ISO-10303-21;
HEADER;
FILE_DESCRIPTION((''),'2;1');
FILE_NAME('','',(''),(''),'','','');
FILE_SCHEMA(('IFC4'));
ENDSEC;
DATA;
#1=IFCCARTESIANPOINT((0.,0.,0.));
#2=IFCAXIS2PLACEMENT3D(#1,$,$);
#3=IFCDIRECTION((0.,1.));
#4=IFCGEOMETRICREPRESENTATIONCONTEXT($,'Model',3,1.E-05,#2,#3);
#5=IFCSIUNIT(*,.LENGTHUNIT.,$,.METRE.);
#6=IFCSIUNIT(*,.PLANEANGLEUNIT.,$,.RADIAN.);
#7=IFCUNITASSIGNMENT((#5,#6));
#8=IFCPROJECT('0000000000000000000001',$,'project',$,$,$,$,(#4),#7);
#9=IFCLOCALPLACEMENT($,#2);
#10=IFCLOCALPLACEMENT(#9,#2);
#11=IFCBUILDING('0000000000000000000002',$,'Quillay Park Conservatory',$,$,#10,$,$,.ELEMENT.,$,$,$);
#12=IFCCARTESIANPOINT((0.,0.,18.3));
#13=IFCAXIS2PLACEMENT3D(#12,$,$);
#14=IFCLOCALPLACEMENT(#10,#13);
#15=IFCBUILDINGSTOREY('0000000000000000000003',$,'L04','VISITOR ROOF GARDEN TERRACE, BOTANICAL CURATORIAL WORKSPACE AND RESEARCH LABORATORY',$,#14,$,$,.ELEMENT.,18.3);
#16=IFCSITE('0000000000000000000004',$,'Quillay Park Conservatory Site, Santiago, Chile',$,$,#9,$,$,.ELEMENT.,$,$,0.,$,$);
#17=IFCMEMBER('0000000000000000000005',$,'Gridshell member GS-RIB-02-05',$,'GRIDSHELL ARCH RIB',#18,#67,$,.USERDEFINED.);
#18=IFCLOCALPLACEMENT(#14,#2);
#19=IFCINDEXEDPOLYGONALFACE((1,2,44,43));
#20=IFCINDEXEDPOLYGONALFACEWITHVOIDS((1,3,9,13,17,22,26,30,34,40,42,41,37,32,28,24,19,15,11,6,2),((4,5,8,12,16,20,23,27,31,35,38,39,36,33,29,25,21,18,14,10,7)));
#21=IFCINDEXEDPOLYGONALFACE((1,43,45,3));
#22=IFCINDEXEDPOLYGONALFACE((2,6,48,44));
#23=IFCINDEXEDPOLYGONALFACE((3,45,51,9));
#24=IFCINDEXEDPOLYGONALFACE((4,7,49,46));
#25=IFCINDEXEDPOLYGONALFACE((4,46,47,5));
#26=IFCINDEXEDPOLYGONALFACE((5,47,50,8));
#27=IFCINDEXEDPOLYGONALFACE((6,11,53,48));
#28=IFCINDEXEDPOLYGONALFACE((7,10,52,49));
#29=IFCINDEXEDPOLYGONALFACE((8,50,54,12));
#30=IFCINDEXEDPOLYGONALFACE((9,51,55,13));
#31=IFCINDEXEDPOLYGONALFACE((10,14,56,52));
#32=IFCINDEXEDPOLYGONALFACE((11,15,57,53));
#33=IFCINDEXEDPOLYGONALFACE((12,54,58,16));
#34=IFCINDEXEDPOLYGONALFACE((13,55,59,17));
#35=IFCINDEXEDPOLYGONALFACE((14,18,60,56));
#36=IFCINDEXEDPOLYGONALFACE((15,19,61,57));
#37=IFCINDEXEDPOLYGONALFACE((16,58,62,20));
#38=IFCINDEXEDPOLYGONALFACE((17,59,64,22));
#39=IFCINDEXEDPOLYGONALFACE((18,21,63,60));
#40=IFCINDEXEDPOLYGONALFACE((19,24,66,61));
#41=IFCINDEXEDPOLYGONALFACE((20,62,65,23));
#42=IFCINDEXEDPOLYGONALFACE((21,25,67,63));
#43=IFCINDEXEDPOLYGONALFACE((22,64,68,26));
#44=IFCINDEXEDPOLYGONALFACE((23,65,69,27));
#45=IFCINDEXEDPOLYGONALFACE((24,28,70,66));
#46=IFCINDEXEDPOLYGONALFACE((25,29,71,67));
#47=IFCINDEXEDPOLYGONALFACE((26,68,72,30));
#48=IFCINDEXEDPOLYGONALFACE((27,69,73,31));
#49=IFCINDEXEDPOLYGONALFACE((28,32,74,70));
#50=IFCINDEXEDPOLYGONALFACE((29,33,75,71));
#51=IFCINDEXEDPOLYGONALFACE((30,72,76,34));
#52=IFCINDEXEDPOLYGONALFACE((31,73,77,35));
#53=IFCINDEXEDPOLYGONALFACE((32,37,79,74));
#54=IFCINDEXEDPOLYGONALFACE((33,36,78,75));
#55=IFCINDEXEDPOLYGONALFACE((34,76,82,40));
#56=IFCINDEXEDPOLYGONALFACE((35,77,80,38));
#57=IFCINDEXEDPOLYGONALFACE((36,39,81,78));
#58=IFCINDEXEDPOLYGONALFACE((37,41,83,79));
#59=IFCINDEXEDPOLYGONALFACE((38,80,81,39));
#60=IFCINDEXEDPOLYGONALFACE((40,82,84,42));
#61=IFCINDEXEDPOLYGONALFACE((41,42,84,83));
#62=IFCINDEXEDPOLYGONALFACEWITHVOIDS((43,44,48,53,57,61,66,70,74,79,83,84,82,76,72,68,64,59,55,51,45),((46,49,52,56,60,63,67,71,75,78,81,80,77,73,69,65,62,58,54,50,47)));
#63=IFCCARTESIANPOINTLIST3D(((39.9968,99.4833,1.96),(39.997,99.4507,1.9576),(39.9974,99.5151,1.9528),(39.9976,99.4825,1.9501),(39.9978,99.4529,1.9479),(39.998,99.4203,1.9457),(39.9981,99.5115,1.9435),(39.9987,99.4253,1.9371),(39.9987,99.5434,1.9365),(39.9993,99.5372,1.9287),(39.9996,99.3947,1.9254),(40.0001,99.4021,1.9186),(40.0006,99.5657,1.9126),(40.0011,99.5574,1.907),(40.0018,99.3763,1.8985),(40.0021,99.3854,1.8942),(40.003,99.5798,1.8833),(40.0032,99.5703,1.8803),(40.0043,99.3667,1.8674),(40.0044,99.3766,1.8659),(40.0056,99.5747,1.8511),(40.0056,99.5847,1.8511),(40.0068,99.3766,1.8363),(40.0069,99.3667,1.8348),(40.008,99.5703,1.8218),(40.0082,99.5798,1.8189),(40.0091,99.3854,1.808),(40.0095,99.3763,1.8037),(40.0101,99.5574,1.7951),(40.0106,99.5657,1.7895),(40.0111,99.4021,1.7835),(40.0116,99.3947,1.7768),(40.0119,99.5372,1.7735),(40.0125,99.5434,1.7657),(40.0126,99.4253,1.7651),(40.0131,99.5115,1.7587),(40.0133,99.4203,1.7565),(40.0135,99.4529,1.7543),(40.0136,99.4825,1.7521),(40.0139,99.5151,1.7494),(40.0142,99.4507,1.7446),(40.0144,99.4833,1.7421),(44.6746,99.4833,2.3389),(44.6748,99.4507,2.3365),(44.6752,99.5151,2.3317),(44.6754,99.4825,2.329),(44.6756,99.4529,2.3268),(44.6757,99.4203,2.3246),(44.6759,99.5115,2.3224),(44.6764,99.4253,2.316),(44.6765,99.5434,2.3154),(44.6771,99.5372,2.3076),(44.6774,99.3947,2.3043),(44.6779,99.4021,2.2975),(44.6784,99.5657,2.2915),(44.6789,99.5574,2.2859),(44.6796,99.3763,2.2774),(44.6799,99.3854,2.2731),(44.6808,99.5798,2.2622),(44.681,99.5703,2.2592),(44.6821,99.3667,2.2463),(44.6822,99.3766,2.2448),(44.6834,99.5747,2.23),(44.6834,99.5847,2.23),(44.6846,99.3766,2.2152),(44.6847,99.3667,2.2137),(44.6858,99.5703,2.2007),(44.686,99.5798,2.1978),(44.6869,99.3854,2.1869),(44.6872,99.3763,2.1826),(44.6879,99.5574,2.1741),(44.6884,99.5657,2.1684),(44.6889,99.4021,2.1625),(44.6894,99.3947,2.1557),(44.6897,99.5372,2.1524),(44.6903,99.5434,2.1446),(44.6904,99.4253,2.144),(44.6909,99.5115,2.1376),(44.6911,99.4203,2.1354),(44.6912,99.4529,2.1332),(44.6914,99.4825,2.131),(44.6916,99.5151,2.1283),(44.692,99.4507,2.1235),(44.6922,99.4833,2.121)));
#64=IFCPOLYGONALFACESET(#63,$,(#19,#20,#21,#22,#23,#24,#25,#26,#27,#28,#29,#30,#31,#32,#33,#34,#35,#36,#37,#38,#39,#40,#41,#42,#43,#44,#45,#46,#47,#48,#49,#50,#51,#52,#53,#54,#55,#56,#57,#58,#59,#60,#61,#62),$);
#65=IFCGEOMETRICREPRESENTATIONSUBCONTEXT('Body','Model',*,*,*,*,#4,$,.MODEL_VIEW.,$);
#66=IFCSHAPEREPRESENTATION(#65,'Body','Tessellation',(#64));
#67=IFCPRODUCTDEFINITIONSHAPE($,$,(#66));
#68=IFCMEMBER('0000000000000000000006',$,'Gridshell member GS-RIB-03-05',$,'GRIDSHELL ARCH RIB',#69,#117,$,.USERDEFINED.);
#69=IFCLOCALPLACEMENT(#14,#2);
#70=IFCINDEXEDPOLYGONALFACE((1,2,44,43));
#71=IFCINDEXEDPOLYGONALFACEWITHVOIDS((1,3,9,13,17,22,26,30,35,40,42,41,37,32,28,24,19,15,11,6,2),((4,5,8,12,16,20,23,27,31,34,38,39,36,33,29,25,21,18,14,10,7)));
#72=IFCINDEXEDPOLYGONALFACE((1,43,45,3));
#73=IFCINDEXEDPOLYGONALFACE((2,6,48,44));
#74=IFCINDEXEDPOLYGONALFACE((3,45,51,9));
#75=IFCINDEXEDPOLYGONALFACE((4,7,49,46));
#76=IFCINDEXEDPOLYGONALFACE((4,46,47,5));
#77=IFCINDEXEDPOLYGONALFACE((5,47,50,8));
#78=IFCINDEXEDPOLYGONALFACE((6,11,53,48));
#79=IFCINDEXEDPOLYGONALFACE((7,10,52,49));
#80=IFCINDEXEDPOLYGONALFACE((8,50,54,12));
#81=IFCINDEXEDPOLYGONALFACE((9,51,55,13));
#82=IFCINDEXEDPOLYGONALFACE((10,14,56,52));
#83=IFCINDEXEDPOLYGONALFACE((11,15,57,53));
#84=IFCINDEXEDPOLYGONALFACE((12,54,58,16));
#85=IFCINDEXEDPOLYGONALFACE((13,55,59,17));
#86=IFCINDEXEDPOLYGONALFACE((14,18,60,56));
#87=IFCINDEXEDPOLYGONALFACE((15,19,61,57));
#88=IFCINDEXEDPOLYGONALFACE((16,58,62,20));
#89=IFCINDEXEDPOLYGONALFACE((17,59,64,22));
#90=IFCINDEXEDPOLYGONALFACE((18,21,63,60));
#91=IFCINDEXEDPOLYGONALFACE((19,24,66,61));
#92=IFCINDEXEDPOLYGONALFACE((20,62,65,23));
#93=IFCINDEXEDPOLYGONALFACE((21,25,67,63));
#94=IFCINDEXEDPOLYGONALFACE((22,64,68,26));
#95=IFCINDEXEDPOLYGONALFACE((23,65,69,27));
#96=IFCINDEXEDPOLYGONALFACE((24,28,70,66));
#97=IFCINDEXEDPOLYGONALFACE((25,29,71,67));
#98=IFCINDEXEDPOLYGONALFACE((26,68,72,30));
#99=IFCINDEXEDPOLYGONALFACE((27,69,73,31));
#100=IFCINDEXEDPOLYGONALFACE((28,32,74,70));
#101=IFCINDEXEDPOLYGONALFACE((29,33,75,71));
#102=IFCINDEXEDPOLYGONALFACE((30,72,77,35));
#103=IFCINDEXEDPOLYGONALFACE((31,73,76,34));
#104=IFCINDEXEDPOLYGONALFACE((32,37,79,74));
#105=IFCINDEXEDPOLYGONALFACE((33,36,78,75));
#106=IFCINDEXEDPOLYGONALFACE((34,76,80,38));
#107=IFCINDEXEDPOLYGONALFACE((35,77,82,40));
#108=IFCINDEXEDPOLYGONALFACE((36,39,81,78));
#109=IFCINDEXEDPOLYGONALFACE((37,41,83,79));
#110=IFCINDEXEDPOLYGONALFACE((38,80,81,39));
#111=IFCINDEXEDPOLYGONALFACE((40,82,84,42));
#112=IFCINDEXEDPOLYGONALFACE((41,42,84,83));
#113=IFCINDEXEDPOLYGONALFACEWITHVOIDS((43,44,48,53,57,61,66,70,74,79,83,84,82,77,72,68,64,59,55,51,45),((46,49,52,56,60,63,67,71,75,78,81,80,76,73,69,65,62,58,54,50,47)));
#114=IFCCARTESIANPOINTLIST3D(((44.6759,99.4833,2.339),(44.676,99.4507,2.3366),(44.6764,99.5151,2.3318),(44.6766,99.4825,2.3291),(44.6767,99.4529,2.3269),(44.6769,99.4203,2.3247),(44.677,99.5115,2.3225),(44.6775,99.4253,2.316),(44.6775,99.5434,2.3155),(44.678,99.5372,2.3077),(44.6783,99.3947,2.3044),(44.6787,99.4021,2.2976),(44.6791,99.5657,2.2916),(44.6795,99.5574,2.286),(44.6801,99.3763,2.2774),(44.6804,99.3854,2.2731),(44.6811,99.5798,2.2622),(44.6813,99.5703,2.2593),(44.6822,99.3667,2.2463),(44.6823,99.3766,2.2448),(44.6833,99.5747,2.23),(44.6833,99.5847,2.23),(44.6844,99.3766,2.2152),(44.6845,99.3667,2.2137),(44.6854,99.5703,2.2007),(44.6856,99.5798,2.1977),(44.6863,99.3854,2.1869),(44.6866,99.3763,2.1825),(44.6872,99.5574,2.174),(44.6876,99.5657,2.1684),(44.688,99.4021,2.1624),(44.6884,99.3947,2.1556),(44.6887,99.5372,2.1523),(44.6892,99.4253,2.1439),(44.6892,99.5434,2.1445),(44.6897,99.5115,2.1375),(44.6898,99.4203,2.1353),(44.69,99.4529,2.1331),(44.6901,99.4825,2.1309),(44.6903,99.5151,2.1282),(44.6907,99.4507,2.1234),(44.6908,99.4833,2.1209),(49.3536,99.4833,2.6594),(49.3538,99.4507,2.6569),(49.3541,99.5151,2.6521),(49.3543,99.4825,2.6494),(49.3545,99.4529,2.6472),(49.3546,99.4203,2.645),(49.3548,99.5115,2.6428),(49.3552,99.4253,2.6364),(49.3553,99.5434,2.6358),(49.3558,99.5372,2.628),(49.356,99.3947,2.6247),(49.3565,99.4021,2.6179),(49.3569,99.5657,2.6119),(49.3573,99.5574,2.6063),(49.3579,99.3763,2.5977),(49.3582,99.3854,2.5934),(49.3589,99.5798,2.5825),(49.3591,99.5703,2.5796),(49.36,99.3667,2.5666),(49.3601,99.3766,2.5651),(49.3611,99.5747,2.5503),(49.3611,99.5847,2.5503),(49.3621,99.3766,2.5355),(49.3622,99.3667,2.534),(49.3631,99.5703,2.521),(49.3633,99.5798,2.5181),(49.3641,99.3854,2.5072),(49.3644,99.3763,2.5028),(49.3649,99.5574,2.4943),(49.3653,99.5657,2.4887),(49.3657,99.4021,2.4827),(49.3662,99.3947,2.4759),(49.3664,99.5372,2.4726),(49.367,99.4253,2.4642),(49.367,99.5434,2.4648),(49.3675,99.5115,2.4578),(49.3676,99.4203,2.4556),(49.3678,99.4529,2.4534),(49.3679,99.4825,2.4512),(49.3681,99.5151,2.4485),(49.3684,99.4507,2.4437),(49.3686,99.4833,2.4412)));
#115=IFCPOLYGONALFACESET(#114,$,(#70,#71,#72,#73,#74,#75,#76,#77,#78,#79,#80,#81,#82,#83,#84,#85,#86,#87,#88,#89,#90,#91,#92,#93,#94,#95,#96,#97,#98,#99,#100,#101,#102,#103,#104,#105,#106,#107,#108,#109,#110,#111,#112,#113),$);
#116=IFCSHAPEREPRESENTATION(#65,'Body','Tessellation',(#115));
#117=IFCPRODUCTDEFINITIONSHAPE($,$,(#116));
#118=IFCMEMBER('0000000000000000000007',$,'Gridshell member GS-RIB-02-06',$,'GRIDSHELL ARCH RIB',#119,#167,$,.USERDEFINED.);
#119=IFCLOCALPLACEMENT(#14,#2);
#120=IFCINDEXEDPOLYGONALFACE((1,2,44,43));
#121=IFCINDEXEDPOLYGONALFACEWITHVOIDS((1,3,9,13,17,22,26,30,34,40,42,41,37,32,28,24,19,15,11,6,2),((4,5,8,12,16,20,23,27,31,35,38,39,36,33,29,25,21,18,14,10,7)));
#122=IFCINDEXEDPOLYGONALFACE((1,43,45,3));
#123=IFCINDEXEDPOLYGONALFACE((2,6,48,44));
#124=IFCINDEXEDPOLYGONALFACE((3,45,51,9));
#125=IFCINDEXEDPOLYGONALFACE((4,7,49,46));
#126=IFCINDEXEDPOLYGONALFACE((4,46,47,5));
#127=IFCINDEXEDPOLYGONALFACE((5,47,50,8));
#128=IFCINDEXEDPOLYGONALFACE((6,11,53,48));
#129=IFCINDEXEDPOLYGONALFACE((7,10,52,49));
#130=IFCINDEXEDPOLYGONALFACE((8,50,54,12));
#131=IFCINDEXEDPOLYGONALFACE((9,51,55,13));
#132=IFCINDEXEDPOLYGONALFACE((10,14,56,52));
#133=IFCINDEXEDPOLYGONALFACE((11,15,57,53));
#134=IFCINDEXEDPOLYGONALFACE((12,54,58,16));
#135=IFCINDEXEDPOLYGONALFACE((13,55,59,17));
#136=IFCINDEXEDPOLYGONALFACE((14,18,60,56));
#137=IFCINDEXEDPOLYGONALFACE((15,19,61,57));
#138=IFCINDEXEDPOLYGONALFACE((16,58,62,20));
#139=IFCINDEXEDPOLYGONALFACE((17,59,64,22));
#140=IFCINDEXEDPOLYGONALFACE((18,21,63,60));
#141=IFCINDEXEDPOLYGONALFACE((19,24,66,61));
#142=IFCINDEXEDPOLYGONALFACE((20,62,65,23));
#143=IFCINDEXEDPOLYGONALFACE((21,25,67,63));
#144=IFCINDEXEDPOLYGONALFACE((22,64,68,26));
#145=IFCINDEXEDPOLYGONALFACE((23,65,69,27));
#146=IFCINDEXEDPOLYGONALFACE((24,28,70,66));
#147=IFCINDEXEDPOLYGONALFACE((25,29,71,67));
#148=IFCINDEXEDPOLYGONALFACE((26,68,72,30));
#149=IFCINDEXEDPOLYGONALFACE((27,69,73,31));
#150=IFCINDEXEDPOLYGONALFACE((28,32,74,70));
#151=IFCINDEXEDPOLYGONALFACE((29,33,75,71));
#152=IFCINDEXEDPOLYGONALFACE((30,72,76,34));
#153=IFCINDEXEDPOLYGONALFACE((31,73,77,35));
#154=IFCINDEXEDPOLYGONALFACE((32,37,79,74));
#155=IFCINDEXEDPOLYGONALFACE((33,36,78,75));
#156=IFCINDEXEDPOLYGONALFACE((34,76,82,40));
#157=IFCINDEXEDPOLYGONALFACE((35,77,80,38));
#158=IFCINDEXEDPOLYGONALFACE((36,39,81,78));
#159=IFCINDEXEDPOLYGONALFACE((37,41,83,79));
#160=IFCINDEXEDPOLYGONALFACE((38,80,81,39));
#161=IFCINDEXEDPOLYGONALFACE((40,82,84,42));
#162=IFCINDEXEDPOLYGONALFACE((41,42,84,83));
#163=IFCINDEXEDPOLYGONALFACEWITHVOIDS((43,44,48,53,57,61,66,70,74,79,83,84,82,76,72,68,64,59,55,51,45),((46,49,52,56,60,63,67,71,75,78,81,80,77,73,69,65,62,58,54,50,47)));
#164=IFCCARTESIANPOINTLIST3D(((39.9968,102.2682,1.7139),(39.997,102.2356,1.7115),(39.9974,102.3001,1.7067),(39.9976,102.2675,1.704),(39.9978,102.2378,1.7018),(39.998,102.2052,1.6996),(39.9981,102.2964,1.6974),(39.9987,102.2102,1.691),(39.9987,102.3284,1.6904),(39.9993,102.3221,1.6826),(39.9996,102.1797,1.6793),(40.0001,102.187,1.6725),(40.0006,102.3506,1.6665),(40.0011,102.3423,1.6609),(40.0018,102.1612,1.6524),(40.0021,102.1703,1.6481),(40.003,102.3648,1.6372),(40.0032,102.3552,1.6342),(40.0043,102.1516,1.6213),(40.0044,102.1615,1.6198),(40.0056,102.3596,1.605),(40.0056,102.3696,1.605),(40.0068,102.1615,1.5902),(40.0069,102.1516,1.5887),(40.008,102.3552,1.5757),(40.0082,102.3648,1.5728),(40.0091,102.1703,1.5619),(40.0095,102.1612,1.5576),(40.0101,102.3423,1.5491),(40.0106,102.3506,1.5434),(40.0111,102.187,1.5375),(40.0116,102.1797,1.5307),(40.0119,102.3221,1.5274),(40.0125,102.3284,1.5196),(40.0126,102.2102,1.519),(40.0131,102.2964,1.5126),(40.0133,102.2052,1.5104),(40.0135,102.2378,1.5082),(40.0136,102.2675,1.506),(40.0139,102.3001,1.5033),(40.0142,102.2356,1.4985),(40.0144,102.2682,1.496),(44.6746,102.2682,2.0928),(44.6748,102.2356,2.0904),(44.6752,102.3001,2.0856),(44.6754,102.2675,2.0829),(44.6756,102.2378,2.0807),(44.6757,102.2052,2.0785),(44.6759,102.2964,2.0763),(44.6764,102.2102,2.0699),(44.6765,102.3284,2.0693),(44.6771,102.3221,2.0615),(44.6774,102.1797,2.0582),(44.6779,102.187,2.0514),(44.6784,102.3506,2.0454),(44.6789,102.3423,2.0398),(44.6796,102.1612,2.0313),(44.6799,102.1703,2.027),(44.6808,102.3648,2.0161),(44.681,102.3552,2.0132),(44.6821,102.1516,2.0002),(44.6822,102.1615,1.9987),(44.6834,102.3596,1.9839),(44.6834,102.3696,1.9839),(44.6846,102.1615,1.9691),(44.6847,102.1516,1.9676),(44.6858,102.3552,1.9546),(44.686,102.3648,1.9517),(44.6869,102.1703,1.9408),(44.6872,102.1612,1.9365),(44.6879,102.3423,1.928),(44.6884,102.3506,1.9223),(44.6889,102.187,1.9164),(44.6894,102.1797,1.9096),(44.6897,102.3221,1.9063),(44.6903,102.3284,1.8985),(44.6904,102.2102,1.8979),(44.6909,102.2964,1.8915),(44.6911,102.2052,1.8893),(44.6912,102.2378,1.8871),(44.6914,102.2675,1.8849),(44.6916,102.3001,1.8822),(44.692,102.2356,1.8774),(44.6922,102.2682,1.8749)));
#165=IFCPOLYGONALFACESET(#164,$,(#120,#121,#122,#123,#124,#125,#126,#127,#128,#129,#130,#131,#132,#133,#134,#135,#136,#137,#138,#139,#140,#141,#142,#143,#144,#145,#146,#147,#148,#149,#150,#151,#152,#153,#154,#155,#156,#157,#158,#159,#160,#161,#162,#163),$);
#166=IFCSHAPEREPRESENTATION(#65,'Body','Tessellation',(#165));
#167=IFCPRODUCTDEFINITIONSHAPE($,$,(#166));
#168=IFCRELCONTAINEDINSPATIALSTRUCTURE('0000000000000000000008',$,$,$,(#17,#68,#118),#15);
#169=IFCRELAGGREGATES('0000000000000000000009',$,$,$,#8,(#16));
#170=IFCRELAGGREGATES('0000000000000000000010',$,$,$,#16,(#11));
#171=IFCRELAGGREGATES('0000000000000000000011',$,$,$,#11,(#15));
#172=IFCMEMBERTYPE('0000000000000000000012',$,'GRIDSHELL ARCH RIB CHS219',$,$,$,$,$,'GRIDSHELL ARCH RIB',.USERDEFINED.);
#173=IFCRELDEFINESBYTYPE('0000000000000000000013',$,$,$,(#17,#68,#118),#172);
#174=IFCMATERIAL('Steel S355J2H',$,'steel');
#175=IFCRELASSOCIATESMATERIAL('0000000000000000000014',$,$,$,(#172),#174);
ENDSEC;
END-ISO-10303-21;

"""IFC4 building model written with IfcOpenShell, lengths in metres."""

from ifc_helpers import new_model, si_unit, direction, frame, origin, origin_2d, place, context, subcontext, project, spatial, hollow_circle, extrude, material, material_profile, profile_set, type_object, element, save


model = new_model("IFC4")

# Units and contexts
model_context = context("Model", 3, precision=1e-05, world=origin(), true_north=direction((0.0, 1.0)))
body_context = subcontext(model_context, "Body", "Model", "MODEL_VIEW")
ifc_project = project(units=[si_unit("LENGTHUNIT", "METRE"), si_unit("PLANEANGLEUNIT", "RADIAN")], contexts=[model_context])

# Site, building, storey
site_placement = place(None, origin())
site = spatial("IfcSite", under=ifc_project, at=site_placement, Name="Quillay Park Conservatory Site, Santiago, Chile", CompositionType="ELEMENT", RefElevation=0.0)
building_placement = place(site_placement, origin())
building = spatial("IfcBuilding", under=site, at=building_placement, Name="Quillay Park Conservatory", CompositionType="ELEMENT")
storey_placement = place(building_placement, frame((0.0, 0.0, 18.3)))
storey = spatial("IfcBuildingStorey", under=building, at=storey_placement, Name="L04", Description="VISITOR ROOF GARDEN TERRACE, BOTANICAL CURATORIAL WORKSPACE AND RESEARCH LABORATORY", CompositionType="ELEMENT", Elevation=18.3)

# Members
ifc_material_1 = material(Name="Steel S355J2H", Category="steel")
ifc_material_profile_1 = material_profile(ifc_material_1, hollow_circle(Radius=0.1096, WallThickness=0.01, at=origin_2d()), Name="CHS219.1x10")
ifc_profile_set_1 = profile_set([ifc_material_profile_1], Name="Steel S355J2H")
member_type = type_object("IfcMemberType", Name="GRIDSHELL ARCH RIB CHS219", ElementType="GRIDSHELL ARCH RIB", PredefinedType="USERDEFINED", material=ifc_profile_set_1)
member_1_placement = place(storey_placement, frame((40.0056, 99.4751, 1.8511), z_axis=(0.996735, 0.0, 0.080738), x_axis=(0.0, 1.0, 0.0)))
element("IfcMember", 1, at=member_1_placement, inside=storey, type_object=member_type, Name="Gridshell member GS-RIB-02-05", ObjectType="GRIDSHELL ARCH RIB", PredefinedType="USERDEFINED", context=body_context, shape_type="SweptSolid", body=[
    extrude(hollow_circle(Radius=0.1096, WallThickness=0.01, at=origin_2d()), origin(), (0.0, 0.0, 1.0), 4.6931),
])
member_2_placement = place(storey_placement, frame((44.6833, 99.4751, 2.23), z_axis=(0.997664, 0.0, 0.068316), x_axis=(0.0, 1.0, 0.0)))
element("IfcMember", 2, at=member_2_placement, inside=storey, type_object=member_type, Name="Gridshell member GS-RIB-03-05", ObjectType="GRIDSHELL ARCH RIB", PredefinedType="USERDEFINED", context=body_context, shape_type="SweptSolid", body=[
    extrude(hollow_circle(Radius=0.1096, WallThickness=0.01, at=origin_2d()), origin(), (0.0, 0.0, 1.0), 4.6887),
])
member_3_placement = place(storey_placement, frame((40.0056, 102.26, 1.605), z_axis=(0.996735, 0.0, 0.080738), x_axis=(0.0, 1.0, 0.0)))
element("IfcMember", 3, at=member_3_placement, inside=storey, type_object=member_type, Name="Gridshell member GS-RIB-02-06", ObjectType="GRIDSHELL ARCH RIB", PredefinedType="USERDEFINED", context=body_context, shape_type="SweptSolid", body=[
    extrude(hollow_circle(Radius=0.1096, WallThickness=0.01, at=origin_2d()), origin(), (0.0, 0.0, 1.0), 4.6931),
])

save(model, "model.ifc")
